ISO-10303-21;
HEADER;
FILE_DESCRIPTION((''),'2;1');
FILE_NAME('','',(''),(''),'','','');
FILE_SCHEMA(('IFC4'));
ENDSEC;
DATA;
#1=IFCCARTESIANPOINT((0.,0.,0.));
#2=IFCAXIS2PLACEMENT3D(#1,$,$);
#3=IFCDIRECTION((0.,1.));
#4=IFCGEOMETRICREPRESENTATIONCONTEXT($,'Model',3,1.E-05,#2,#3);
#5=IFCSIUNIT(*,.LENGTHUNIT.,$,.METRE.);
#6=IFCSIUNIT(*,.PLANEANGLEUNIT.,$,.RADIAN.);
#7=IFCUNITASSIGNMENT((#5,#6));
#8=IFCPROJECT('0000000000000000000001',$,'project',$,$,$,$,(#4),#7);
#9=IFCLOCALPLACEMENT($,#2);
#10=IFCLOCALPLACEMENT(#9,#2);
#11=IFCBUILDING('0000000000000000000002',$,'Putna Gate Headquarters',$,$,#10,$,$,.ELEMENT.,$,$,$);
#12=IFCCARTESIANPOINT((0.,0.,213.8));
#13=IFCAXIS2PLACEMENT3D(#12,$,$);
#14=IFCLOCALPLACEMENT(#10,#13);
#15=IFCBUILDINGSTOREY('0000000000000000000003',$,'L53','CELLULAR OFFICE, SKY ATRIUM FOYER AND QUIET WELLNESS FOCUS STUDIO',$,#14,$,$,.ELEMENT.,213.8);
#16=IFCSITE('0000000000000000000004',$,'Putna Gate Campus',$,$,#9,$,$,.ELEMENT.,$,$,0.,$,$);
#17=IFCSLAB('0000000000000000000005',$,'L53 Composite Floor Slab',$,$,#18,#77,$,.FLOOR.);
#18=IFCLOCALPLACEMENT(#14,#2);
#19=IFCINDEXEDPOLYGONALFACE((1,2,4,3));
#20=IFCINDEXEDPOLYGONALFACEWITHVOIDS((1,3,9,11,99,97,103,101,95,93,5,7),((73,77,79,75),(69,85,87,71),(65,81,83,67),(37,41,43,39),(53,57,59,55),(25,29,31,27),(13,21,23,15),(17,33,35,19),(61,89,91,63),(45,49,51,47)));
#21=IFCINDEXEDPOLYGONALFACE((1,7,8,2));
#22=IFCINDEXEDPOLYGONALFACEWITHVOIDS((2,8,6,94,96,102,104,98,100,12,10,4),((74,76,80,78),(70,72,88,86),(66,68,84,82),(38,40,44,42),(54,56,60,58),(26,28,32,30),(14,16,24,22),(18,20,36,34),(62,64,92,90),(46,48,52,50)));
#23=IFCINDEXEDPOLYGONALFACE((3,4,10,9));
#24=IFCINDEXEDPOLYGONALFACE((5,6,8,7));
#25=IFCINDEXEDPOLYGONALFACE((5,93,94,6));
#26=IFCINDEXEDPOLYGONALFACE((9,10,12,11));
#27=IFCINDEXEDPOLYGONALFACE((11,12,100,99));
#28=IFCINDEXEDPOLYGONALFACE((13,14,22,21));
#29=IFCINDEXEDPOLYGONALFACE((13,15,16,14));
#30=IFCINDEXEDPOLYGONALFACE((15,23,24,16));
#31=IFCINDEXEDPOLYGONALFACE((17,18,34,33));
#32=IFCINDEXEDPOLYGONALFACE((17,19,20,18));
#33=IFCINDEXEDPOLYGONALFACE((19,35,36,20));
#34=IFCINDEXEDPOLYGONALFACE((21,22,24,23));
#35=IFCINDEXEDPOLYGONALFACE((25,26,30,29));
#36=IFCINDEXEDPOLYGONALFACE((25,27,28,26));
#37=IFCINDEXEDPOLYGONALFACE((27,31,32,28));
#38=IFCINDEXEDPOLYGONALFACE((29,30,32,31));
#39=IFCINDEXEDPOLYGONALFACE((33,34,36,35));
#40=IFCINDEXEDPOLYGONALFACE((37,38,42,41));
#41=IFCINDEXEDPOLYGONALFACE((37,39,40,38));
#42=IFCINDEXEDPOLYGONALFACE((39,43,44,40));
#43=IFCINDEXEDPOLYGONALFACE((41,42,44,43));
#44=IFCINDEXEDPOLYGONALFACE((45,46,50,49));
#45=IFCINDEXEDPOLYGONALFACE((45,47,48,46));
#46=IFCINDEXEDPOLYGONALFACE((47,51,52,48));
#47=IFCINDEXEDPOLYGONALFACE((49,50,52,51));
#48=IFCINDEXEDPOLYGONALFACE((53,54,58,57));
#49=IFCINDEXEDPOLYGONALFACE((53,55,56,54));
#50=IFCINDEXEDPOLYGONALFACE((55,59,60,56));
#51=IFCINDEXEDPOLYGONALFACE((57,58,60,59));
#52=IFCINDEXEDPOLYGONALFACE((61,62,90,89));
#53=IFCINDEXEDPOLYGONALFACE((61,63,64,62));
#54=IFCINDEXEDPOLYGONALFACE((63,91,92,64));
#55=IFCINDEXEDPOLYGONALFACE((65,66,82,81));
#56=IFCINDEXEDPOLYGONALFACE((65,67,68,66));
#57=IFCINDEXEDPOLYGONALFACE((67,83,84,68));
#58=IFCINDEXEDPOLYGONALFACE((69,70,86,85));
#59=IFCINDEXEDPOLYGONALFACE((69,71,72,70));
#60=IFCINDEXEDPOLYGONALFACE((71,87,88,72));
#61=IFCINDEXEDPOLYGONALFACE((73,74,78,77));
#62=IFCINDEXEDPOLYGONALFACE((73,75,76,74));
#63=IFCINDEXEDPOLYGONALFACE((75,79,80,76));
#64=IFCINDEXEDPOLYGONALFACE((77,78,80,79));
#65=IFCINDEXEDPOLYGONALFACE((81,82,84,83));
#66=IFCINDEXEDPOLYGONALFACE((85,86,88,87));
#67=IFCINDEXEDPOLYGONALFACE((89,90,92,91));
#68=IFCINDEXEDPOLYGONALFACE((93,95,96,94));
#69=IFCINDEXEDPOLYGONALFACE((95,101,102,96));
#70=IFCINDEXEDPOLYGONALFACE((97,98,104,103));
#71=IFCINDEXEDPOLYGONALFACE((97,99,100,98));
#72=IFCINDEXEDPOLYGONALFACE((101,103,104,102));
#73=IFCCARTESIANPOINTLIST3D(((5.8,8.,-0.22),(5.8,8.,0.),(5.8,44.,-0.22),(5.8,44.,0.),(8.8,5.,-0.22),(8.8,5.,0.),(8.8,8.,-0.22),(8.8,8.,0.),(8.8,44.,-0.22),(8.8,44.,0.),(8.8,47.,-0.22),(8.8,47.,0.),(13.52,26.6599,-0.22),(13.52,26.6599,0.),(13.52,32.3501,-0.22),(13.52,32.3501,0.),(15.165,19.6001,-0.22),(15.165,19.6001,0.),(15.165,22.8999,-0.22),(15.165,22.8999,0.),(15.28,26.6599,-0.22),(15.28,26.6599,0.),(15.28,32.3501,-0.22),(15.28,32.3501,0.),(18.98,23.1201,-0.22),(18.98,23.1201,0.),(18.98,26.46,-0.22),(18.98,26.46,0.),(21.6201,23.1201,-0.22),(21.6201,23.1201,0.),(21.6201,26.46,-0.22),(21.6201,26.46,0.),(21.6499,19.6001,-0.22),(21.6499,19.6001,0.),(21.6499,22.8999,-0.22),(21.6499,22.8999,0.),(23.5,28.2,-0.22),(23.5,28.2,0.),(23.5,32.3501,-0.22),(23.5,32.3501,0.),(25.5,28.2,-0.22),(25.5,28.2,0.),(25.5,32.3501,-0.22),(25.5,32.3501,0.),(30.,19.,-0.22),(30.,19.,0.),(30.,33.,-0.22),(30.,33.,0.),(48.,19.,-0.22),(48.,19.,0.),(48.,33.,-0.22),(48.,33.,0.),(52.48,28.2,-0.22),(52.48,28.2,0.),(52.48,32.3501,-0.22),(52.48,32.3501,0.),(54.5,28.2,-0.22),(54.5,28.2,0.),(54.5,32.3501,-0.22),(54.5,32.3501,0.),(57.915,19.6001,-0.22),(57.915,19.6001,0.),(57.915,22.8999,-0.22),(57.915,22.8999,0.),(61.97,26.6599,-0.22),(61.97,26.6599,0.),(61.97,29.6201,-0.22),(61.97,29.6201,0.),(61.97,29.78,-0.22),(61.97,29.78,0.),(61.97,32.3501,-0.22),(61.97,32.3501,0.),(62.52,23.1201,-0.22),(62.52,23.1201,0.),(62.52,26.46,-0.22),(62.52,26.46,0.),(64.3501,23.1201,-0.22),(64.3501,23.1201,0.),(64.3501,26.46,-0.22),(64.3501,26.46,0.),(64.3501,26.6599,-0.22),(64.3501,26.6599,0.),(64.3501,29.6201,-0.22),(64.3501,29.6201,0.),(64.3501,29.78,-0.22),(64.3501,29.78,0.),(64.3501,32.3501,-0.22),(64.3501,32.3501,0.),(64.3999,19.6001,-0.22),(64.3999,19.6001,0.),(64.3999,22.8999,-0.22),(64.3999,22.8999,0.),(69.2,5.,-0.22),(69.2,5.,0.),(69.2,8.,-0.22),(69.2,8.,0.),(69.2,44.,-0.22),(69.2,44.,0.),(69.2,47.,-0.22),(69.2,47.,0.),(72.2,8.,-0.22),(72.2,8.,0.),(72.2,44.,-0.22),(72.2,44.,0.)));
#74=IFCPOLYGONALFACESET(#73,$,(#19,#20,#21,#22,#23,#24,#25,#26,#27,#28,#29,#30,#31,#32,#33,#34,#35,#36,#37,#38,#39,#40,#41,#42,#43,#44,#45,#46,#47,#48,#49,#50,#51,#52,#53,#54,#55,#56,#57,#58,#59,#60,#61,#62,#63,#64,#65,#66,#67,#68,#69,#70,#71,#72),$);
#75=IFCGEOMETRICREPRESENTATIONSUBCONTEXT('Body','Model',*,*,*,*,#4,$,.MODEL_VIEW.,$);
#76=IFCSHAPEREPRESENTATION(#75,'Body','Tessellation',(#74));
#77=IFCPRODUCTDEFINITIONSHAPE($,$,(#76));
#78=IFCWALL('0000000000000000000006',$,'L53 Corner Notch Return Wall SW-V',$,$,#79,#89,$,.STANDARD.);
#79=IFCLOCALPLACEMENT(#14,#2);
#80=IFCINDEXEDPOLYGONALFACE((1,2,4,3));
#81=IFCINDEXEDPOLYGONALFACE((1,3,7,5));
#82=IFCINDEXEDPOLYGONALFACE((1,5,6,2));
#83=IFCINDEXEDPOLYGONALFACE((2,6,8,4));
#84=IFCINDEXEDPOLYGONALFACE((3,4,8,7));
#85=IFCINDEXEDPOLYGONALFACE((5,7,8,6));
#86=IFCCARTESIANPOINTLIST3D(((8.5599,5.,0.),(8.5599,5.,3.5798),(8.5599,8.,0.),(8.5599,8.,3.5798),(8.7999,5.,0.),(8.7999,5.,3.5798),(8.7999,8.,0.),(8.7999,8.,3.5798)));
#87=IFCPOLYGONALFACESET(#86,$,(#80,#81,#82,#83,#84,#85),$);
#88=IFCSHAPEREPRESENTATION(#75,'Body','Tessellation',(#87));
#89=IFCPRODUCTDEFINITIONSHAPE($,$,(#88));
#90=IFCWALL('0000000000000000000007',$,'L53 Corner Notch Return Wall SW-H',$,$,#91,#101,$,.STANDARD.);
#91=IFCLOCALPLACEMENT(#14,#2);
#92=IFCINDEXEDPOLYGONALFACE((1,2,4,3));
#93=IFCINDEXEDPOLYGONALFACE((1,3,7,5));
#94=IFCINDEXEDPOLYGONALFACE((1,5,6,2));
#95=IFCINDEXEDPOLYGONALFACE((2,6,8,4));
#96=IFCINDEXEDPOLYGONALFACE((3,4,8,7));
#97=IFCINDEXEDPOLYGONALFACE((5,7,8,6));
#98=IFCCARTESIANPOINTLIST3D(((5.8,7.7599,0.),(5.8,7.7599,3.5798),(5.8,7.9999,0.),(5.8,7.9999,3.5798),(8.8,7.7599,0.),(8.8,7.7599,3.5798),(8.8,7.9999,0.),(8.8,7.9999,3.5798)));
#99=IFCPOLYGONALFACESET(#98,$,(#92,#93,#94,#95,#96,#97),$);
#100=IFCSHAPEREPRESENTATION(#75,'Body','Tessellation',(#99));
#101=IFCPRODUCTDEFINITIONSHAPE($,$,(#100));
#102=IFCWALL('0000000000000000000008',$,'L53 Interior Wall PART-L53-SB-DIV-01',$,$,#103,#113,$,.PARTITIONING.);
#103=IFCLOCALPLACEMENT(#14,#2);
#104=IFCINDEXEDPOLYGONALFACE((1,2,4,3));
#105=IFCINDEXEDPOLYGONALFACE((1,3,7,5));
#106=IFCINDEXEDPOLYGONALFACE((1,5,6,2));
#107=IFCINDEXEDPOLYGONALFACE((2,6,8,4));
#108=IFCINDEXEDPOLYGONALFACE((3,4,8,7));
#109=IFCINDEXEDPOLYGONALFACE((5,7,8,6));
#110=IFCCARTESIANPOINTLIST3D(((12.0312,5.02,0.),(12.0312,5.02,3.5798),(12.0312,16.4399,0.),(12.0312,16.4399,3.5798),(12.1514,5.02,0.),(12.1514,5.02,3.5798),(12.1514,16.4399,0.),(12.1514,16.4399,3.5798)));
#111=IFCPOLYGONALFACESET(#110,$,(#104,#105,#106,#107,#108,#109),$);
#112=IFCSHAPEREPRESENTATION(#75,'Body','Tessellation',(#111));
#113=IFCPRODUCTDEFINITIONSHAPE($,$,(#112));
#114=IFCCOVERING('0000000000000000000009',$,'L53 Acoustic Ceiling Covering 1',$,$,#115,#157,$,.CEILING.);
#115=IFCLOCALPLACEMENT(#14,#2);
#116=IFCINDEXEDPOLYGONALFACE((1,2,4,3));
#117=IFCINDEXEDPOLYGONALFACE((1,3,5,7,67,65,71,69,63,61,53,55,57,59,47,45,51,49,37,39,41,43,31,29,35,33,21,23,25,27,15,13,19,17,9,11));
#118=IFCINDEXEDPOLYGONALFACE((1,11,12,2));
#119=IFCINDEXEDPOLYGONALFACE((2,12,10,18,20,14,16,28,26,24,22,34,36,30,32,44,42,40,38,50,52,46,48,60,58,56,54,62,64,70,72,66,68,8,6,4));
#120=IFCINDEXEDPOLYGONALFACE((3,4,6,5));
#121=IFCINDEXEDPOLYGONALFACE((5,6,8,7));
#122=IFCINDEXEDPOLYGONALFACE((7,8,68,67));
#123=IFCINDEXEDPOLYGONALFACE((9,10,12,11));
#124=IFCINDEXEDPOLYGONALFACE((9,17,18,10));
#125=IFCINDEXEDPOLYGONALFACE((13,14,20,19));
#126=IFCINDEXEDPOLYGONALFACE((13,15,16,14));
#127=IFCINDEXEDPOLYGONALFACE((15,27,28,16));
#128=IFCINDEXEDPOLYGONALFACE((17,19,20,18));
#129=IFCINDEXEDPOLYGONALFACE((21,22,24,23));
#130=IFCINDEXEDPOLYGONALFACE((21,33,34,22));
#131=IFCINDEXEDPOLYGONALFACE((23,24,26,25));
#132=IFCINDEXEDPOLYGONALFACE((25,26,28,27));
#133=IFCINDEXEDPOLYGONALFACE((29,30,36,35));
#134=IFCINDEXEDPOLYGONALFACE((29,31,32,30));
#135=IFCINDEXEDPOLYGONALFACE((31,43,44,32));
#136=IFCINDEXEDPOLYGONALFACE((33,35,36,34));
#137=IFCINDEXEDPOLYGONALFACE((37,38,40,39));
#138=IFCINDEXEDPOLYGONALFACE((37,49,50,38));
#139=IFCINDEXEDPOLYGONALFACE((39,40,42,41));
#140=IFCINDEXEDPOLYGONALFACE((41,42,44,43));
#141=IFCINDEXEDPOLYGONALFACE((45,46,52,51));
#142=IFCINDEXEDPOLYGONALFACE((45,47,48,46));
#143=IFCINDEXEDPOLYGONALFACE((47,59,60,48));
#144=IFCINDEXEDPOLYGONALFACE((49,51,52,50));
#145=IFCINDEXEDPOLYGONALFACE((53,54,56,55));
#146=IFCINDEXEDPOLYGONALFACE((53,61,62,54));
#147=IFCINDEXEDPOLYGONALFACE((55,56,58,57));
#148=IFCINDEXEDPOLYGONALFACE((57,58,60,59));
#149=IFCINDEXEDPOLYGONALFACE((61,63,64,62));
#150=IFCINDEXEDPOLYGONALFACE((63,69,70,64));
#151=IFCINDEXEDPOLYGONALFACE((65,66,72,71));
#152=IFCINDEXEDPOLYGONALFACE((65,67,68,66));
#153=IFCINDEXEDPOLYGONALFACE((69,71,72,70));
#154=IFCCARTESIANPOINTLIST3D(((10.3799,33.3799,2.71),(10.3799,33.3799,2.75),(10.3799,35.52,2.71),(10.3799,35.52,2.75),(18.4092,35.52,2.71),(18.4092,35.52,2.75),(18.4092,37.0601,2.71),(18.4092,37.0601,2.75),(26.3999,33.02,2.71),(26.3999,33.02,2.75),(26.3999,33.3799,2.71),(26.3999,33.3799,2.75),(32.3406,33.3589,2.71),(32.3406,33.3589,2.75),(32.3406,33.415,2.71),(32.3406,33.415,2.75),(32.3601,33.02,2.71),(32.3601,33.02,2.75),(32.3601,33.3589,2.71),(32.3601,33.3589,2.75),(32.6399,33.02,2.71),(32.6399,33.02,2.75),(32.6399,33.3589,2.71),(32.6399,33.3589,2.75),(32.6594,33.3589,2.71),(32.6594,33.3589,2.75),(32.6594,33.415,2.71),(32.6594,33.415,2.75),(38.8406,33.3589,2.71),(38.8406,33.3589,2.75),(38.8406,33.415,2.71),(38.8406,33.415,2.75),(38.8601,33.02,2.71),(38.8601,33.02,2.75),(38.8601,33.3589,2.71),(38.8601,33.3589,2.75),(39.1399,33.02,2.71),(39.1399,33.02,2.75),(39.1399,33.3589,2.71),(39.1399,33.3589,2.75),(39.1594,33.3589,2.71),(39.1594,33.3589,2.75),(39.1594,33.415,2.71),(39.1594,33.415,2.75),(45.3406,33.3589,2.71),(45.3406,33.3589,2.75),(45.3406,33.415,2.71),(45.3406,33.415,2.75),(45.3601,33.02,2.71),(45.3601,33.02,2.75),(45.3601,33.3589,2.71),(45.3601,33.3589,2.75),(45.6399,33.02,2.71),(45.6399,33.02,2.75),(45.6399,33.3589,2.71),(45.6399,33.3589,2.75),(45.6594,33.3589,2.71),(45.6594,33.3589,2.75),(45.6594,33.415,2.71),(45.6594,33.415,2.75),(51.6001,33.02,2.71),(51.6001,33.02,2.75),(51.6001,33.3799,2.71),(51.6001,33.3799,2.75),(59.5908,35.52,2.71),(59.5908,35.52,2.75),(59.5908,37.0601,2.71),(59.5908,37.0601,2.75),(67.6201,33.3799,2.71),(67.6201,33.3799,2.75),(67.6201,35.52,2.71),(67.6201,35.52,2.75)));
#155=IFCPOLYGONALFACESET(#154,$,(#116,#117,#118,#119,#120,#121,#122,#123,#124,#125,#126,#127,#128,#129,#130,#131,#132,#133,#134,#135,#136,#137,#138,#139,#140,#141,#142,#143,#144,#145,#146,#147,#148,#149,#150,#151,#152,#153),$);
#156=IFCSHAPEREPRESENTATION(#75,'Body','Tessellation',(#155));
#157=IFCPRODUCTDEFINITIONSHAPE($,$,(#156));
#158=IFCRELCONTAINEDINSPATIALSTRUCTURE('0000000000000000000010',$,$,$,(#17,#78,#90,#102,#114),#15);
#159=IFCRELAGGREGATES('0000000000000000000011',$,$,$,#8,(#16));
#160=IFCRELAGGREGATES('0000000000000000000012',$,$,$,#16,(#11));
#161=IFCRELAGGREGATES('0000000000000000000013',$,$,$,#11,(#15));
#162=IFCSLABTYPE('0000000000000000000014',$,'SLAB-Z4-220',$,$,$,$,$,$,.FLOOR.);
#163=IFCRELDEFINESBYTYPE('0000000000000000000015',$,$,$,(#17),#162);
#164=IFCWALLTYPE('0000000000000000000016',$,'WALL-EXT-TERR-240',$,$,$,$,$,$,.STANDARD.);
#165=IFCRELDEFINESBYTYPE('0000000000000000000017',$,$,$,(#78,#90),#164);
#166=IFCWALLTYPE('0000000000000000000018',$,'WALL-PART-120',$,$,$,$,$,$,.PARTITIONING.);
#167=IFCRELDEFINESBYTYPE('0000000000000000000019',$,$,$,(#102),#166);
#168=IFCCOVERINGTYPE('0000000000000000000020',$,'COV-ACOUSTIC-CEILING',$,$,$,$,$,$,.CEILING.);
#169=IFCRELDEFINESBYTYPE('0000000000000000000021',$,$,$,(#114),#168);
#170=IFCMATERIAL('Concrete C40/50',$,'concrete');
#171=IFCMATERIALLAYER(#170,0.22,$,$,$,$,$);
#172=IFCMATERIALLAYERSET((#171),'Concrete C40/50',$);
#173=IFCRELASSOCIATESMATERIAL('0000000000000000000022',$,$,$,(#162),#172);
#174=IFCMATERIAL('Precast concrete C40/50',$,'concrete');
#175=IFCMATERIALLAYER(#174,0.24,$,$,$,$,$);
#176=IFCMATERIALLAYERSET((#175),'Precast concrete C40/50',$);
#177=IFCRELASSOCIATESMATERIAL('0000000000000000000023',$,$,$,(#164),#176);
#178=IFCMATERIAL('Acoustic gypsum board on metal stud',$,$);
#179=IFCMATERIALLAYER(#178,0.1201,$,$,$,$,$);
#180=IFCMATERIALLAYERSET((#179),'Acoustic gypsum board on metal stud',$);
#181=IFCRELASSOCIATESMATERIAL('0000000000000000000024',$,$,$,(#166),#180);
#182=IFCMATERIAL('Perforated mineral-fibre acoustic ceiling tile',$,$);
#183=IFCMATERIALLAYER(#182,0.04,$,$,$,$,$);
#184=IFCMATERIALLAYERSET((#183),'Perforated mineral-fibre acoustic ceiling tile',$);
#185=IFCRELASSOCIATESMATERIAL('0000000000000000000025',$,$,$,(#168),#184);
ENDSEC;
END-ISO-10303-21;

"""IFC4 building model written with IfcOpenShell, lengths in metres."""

from ifc_helpers import new_model, si_unit, direction, frame, frame_2d, origin, place, context, subcontext, project, spatial, polyline, rectangle, outline, extrude, material, layer, layer_set, type_object, element, save


model = new_model("IFC4")

# Units and contexts
model_context = context("Model", 3, precision=1e-05, world=origin(), true_north=direction((0.0, 1.0)))
body_context = subcontext(model_context, "Body", "Model", "MODEL_VIEW")
ifc_project = project(units=[si_unit("LENGTHUNIT", "METRE"), si_unit("PLANEANGLEUNIT", "RADIAN")], contexts=[model_context])

# Site, building, storey
site_placement = place(None, origin())
site = spatial("IfcSite", under=ifc_project, at=site_placement, Name="Putna Gate Campus", CompositionType="ELEMENT", RefElevation=0.0)
building_placement = place(site_placement, origin())
building = spatial("IfcBuilding", under=site, at=building_placement, Name="Putna Gate Headquarters", CompositionType="ELEMENT")
storey_placement = place(building_placement, frame((0.0, 0.0, 213.8)))
storey = spatial("IfcBuildingStorey", under=building, at=storey_placement, Name="L53", Description="CELLULAR OFFICE, SKY ATRIUM FOYER AND QUIET WELLNESS FOCUS STUDIO", CompositionType="ELEMENT", Elevation=213.8)

# Shared definitions
ifc_material_1 = material(Name="Concrete C40/50", Category="concrete")

# Slab
ifc_layer_1 = layer(ifc_material_1, 0.22)
ifc_layer_set_1 = layer_set([ifc_layer_1], Name="Concrete C40/50")
slab_type_1 = type_object("IfcSlabType", Name="SLAB-Z4-220", PredefinedType="FLOOR", material=ifc_layer_set_1)
slab_1_placement = place(storey_placement, frame((0.0, 0.0, -0.22)))
element("IfcSlab", 1, at=slab_1_placement, inside=storey, type_object=slab_type_1, Name="L53 Composite Floor Slab", PredefinedType="FLOOR", context=body_context, shape_type="SweptSolid", body=[
    extrude(outline(polyline([(8.8, 5.0), (69.2, 5.0), (69.2, 8.0), (72.2, 8.0), (72.2, 44.0), (69.2, 44.0), (69.2, 47.0), (8.8, 47.0), (8.8, 44.0), (5.8, 44.0), (5.8, 8.0), (8.8, 8.0), (8.8, 5.0)]), holes=[polyline([(15.165, 19.6001), (21.6499, 19.6001), (21.6499, 22.8999), (15.165, 22.8999), (15.165, 19.6001)]), polyline([(57.915, 19.6001), (64.3999, 19.6001), (64.3999, 22.8999), (57.915, 22.8999), (57.915, 19.6001)]), polyline([(13.52, 26.6599), (15.28, 26.6599), (15.28, 32.3501), (13.52, 32.3501), (13.52, 26.6599)]), polyline([(61.97, 29.78), (64.3501, 29.78), (64.3501, 32.3501), (61.97, 32.3501), (61.97, 29.78)]), polyline([(18.98, 23.1201), (21.6201, 23.1201), (21.6201, 26.46), (18.98, 26.46), (18.98, 23.1201)]), polyline([(62.52, 23.1201), (64.3501, 23.1201), (64.3501, 26.46), (62.52, 26.46), (62.52, 23.1201)]), polyline([(61.97, 26.6599), (64.3501, 26.6599), (64.3501, 29.6201), (61.97, 29.6201), (61.97, 26.6599)]), polyline([(23.5, 28.2), (25.5, 28.2), (25.5, 32.3501), (23.5, 32.3501), (23.5, 28.2)]), polyline([(52.48, 28.2), (54.5, 28.2), (54.5, 32.3501), (52.48, 32.3501), (52.48, 28.2)]), polyline([(30.0, 19.0), (48.0, 19.0), (48.0, 33.0), (30.0, 33.0), (30.0, 19.0)])]), origin(), (0.0, 0.0, 1.0), 0.22),
])

# Walls
ifc_material_2 = material(Name="Precast concrete C40/50", Category="concrete")
ifc_layer_2 = layer(ifc_material_2, 0.24)
ifc_layer_set_2 = layer_set([ifc_layer_2], Name="Precast concrete C40/50")
wall_type_1 = type_object("IfcWallType", Name="WALL-EXT-TERR-240", PredefinedType="STANDARD", material=ifc_layer_set_2)
for number, where, z_axis, x_axis, name in (
    (2, (8.6799, 5.0, 0.0), (0.0, 0.0, 1.0), (0.0, 1.0, 0.0), "L53 Corner Notch Return Wall SW-V"),
    (3, (8.8, 7.8799, 0.0), (0.0, 0.0, 1.0), (-1.0, 0.0, 0.0), "L53 Corner Notch Return Wall SW-H"),
):
    element("IfcWall", number, at=place(storey_placement, frame(where, z_axis=z_axis, x_axis=x_axis)), inside=storey, type_object=wall_type_1, Name=name, PredefinedType="STANDARD", context=body_context, shape_type="SweptSolid", body=[
        extrude(rectangle(XDim=3.0, YDim=0.24, at=frame_2d((1.5, 0.0))), origin(), (0.0, 0.0, 1.0), 3.5798),
    ])
ifc_material_3 = material(Name="Acoustic gypsum board on metal stud")
ifc_layer_3 = layer(ifc_material_3, 0.1201)
ifc_layer_set_3 = layer_set([ifc_layer_3], Name="Acoustic gypsum board on metal stud")
wall_type_2 = type_object("IfcWallType", Name="WALL-PART-120", PredefinedType="PARTITIONING", material=ifc_layer_set_3)
wall_placement = place(storey_placement, frame((12.0913, 5.02, 0.0), z_axis=(0.0, 0.0, 1.0), x_axis=(0.0, 1.0, 0.0)))
element("IfcWall", 4, at=wall_placement, inside=storey, type_object=wall_type_2, Name="L53 Interior Wall PART-L53-SB-DIV-01", PredefinedType="PARTITIONING", context=body_context, shape_type="SweptSolid", body=[
    extrude(rectangle(XDim=11.4199, YDim=0.1201, at=frame_2d((5.71, 0.0))), origin(), (0.0, 0.0, 1.0), 3.5798),
])

# Covering
ifc_material_4 = material(Name="Perforated mineral-fibre acoustic ceiling tile")
ifc_layer_4 = layer(ifc_material_4, 0.04)
ifc_layer_set_4 = layer_set([ifc_layer_4], Name="Perforated mineral-fibre acoustic ceiling tile")
covering_type_1 = type_object("IfcCoveringType", Name="COV-ACOUSTIC-CEILING", PredefinedType="CEILING", material=ifc_layer_set_4)
covering_1_placement = place(storey_placement, frame((0.0, 0.0, 2.71)))
element("IfcCovering", 5, at=covering_1_placement, inside=storey, type_object=covering_type_1, Name="L53 Acoustic Ceiling Covering 1", PredefinedType="CEILING", context=body_context, shape_type="SweptSolid", body=[
    extrude(outline(polyline([(45.3601, 33.3589), (45.3406, 33.3589), (45.3406, 33.415), (45.6594, 33.415), (45.6594, 33.3589), (45.6399, 33.3589), (45.6399, 33.02), (51.6001, 33.02), (51.6001, 33.3799), (67.6201, 33.3799), (67.6201, 35.52), (59.5908, 35.52), (59.5908, 37.0601), (18.4092, 37.0601), (18.4092, 35.52), (10.3799, 35.52), (10.3799, 33.3799), (26.3999, 33.3799), (26.3999, 33.02), (32.3601, 33.02), (32.3601, 33.3589), (32.3406, 33.3589), (32.3406, 33.415), (32.6594, 33.415), (32.6594, 33.3589), (32.6399, 33.3589), (32.6399, 33.02), (38.8601, 33.02), (38.8601, 33.3589), (38.8406, 33.3589), (38.8406, 33.415), (39.1594, 33.415), (39.1594, 33.3589), (39.1399, 33.3589), (39.1399, 33.02), (45.3601, 33.02), (45.3601, 33.3589)])), origin(), (0.0, 0.0, 1.0), 0.04),
])

save(model, "model.ifc")
